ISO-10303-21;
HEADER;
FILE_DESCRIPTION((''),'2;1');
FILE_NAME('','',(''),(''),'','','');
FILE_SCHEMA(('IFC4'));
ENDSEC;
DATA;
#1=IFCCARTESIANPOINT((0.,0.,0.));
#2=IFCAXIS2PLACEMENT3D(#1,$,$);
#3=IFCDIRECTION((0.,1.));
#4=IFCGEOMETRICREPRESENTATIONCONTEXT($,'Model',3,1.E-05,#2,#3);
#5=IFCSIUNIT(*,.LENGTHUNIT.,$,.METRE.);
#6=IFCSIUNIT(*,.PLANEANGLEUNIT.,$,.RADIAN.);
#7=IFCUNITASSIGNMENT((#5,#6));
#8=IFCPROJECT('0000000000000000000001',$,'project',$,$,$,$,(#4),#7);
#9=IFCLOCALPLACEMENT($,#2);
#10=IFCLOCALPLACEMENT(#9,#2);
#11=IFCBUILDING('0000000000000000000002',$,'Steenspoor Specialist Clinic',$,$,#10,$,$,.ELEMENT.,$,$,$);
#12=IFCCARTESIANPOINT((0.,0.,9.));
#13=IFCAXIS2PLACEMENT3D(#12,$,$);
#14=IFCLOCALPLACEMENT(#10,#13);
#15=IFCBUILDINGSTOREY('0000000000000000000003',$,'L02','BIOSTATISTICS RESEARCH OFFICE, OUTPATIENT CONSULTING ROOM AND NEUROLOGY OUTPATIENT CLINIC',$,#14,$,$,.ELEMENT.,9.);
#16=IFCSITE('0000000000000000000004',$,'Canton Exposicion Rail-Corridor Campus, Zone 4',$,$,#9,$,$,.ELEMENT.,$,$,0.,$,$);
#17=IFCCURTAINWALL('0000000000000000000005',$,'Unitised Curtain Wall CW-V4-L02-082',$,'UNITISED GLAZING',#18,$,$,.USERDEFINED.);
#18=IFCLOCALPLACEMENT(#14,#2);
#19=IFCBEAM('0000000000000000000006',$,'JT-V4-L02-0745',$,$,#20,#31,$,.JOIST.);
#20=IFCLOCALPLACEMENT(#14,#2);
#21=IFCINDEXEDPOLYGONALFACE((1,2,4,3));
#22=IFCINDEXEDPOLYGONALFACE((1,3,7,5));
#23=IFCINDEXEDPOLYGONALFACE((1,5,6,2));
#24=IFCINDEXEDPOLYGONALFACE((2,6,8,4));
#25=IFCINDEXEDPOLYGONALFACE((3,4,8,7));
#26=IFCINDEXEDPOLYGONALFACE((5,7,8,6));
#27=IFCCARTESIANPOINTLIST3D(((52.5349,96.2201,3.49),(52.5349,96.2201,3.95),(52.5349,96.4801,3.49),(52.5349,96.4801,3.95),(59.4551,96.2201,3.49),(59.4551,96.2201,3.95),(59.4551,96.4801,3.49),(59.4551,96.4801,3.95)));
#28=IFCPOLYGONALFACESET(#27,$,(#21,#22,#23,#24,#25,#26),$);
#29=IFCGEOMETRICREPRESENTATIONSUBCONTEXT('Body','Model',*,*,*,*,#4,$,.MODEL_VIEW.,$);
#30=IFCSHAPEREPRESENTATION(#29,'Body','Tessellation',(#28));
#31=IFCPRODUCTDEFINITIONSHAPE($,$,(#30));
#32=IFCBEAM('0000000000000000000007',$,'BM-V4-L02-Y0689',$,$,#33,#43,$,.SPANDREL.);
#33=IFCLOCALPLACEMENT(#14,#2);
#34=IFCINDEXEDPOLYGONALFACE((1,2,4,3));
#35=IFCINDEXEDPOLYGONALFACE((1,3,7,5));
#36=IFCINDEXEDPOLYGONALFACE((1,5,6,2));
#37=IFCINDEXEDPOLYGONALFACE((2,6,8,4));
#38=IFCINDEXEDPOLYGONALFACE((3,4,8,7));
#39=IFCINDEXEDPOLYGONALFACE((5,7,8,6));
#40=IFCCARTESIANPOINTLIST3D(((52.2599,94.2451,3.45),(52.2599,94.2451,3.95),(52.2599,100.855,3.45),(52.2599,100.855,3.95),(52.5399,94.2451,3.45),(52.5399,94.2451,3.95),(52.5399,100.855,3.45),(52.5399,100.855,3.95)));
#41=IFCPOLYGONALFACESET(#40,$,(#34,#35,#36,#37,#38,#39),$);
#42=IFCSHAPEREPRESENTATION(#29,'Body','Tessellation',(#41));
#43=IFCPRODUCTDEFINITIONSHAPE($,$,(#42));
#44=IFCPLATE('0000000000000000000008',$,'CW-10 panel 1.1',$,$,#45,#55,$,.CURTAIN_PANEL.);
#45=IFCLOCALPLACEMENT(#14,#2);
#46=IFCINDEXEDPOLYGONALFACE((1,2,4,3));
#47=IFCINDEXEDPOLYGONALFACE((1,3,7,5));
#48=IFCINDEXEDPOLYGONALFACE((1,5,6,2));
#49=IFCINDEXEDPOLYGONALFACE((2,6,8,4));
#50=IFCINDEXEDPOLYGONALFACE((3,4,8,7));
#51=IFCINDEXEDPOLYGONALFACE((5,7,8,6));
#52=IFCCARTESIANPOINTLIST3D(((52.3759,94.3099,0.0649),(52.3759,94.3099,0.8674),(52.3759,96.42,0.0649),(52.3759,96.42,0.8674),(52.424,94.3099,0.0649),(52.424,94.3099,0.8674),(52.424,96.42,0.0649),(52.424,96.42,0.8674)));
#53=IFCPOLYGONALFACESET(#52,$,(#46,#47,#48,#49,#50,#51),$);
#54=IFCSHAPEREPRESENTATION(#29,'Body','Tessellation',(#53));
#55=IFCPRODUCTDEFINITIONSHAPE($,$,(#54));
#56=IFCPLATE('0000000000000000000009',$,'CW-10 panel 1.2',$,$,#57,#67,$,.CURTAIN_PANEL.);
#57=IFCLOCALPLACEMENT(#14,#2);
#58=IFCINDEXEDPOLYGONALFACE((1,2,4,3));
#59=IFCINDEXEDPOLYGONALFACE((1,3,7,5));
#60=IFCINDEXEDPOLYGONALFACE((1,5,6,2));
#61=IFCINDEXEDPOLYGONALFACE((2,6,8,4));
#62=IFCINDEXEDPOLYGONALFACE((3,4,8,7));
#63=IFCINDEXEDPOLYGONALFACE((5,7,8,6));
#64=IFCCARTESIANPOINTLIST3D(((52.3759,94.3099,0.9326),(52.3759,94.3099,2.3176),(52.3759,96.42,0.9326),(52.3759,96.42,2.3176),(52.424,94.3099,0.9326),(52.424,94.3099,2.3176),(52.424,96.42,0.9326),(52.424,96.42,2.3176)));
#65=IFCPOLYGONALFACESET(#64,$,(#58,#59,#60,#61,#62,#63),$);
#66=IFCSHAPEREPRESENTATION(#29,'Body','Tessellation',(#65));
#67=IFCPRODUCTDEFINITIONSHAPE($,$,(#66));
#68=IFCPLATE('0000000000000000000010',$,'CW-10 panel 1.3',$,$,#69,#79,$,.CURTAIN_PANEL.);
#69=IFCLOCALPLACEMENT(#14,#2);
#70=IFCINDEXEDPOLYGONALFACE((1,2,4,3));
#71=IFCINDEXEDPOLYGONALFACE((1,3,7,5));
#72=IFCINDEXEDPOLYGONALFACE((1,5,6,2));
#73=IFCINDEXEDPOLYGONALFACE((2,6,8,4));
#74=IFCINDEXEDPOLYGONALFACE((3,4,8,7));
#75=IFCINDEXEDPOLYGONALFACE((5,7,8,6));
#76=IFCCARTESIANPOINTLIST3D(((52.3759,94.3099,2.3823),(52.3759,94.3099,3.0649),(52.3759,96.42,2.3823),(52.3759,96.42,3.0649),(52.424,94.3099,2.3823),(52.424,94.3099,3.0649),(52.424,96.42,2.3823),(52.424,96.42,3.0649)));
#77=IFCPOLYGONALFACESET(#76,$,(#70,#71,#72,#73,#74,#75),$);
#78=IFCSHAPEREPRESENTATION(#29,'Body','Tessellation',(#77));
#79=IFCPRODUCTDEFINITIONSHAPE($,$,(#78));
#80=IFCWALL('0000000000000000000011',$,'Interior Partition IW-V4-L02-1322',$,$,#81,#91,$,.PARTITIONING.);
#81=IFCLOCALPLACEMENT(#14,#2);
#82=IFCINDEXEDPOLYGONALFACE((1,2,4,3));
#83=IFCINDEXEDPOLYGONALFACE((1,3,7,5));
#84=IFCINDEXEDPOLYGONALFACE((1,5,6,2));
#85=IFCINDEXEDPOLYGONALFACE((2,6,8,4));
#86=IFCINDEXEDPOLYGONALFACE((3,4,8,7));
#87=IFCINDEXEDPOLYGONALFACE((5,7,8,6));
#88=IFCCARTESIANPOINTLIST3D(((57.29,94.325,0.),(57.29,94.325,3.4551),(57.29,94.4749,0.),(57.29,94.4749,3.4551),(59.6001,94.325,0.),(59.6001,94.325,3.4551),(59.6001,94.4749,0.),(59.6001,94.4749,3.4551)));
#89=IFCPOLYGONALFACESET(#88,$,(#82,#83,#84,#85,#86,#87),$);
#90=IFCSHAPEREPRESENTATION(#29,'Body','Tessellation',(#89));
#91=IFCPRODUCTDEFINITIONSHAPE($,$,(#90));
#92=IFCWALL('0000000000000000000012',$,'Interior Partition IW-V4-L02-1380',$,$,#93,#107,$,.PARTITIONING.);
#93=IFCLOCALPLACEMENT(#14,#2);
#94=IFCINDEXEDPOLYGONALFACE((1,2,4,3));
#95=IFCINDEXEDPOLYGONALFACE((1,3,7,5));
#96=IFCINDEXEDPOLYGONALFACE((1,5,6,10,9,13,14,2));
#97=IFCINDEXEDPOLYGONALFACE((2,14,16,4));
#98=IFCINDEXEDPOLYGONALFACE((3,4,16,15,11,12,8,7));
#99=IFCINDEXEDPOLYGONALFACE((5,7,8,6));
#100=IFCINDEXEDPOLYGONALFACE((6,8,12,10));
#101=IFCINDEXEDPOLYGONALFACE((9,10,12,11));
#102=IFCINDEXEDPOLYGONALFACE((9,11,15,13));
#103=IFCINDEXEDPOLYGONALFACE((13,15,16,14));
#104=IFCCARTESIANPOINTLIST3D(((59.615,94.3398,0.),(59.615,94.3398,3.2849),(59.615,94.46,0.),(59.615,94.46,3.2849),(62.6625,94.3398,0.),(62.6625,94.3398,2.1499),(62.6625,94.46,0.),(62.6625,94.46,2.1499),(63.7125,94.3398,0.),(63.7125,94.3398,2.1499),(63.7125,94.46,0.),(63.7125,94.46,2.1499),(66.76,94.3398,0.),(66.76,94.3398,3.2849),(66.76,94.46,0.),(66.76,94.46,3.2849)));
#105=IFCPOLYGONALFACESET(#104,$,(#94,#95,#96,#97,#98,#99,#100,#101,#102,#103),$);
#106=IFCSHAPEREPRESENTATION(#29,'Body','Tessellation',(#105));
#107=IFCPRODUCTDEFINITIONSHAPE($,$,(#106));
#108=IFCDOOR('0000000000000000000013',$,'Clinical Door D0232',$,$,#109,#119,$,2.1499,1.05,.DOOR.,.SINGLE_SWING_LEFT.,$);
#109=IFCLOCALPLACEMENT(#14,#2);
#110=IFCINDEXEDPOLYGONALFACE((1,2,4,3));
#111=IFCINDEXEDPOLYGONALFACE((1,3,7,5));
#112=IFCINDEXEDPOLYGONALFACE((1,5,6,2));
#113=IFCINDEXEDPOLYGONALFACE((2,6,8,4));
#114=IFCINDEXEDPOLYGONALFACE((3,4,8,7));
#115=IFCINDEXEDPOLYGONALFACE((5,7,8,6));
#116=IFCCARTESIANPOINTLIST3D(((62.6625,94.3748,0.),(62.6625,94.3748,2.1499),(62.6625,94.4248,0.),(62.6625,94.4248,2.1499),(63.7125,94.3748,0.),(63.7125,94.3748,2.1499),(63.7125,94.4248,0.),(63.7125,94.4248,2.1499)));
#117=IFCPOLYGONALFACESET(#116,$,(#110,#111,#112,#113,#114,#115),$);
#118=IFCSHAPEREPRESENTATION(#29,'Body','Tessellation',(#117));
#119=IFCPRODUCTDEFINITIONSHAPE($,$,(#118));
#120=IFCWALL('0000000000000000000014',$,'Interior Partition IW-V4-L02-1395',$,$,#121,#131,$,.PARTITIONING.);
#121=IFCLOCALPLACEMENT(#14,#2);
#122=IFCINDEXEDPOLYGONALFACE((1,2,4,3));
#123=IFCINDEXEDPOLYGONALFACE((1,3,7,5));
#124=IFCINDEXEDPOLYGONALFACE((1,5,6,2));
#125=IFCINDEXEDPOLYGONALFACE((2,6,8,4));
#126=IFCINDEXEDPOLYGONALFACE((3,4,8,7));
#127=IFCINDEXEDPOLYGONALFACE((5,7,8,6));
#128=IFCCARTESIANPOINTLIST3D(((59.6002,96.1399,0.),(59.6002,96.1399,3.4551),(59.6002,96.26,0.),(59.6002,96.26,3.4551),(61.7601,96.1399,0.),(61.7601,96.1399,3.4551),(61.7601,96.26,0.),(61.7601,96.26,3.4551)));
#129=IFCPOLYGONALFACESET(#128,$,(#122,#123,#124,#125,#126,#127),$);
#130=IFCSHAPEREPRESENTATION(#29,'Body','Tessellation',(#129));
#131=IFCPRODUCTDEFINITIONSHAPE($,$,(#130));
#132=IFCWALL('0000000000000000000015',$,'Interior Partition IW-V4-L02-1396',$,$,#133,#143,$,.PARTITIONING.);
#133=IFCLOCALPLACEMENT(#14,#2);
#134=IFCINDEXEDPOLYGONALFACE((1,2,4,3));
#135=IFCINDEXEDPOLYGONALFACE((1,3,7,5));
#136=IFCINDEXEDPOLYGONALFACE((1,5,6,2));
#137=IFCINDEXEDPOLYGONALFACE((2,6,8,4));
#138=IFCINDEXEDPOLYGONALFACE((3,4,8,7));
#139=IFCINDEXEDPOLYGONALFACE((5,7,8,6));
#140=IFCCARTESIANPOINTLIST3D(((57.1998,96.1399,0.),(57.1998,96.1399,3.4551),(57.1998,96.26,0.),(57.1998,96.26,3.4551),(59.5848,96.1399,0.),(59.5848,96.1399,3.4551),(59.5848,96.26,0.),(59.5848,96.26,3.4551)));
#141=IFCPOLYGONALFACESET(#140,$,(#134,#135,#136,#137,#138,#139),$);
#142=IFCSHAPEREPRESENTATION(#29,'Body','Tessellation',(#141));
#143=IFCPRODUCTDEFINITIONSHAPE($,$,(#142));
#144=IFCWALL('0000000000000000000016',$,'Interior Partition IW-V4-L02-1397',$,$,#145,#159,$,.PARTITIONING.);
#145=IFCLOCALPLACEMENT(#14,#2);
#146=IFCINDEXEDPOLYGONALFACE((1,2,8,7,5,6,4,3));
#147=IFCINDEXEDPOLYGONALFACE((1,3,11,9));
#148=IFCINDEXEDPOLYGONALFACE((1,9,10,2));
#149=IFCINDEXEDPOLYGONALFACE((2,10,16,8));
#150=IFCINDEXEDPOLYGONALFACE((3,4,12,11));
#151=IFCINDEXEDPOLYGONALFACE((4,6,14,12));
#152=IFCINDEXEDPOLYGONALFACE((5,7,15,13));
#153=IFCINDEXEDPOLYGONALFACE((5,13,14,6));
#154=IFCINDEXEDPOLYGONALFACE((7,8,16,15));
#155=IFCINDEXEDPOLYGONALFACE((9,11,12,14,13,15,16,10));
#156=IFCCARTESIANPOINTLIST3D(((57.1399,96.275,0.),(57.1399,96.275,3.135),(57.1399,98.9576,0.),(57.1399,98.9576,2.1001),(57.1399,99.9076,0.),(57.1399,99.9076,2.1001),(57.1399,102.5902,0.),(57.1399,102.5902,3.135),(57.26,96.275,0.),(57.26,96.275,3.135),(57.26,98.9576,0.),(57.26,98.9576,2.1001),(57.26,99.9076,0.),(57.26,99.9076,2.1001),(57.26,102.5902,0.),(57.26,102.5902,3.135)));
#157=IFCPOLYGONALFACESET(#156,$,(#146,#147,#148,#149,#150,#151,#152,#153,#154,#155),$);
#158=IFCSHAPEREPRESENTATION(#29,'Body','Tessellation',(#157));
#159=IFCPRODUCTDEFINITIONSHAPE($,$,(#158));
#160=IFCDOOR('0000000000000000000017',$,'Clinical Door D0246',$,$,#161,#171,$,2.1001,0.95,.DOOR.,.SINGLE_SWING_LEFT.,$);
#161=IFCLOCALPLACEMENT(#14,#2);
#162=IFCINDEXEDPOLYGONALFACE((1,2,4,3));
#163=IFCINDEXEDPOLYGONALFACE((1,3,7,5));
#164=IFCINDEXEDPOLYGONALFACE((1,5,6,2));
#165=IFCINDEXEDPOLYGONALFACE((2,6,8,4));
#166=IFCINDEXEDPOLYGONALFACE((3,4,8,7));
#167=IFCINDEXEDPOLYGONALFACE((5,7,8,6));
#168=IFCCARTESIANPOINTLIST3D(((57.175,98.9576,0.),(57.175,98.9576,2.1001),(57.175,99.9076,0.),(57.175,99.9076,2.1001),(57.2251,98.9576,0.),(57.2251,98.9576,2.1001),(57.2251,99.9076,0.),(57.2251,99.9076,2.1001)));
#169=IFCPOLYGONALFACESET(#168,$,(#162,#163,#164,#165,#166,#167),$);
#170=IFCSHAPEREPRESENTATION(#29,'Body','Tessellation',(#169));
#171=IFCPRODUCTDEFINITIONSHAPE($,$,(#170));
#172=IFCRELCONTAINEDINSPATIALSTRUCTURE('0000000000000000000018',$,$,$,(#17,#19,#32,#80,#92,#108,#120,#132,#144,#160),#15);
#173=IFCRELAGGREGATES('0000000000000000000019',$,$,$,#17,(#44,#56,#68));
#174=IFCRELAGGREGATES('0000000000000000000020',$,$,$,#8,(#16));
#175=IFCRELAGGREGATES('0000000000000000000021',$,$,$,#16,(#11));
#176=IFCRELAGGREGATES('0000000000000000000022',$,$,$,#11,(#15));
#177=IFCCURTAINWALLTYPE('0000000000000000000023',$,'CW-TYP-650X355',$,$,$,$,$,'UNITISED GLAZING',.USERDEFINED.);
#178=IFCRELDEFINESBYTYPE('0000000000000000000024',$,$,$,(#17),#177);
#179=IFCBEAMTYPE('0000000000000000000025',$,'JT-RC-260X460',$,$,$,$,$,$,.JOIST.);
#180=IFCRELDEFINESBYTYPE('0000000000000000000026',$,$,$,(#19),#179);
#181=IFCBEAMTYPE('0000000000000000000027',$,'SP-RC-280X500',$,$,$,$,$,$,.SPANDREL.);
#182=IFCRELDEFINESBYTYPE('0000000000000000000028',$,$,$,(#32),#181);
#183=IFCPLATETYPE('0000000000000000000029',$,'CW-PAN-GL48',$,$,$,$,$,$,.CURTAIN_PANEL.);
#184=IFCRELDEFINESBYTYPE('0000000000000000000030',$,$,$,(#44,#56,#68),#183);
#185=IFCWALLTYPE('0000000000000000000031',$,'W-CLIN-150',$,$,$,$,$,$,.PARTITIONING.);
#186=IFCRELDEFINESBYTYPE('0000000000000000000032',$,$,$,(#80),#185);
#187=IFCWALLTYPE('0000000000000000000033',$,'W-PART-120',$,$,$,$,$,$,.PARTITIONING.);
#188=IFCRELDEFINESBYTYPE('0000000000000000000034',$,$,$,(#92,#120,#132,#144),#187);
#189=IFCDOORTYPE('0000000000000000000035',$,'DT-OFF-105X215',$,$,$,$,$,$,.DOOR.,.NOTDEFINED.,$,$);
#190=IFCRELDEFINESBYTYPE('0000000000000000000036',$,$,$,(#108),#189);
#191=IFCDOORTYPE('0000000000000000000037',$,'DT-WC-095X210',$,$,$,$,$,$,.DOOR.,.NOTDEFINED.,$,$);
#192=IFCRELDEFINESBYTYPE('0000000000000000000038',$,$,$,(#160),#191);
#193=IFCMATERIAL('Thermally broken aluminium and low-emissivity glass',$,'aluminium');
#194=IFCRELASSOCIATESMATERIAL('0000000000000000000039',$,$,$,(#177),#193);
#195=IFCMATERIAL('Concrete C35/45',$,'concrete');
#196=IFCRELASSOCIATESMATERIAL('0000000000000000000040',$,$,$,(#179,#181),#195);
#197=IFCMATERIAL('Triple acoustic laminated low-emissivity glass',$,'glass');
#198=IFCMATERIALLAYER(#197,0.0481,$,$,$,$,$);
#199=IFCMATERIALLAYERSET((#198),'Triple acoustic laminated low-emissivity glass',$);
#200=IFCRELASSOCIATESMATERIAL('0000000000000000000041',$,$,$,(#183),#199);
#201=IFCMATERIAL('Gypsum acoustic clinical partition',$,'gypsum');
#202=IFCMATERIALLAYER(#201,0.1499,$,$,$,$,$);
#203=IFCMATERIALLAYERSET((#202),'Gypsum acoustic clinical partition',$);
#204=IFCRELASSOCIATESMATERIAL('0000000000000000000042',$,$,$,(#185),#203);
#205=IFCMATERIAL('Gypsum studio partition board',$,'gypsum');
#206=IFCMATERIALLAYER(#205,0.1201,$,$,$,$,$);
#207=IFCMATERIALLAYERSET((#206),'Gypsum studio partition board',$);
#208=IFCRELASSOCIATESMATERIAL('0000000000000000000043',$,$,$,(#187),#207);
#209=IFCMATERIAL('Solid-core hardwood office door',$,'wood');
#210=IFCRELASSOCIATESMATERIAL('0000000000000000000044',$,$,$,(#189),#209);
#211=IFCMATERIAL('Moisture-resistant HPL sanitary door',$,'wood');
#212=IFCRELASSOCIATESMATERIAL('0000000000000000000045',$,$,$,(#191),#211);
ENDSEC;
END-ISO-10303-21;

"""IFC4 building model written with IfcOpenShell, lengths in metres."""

from ifc_helpers import new_model, si_unit, direction, frame, frame_2d, origin, origin_2d, place, context, subcontext, project, spatial, rectangle, extrude, material, layer, layer_set, material_profile, profile_set, type_object, element, fill, aggregate, save


model = new_model("IFC4")

# Units and contexts
model_context = context("Model", 3, precision=1e-05, world=origin(), true_north=direction((0.0, 1.0)))
body_context = subcontext(model_context, "Body", "Model", "MODEL_VIEW")
ifc_project = project(units=[si_unit("LENGTHUNIT", "METRE"), si_unit("PLANEANGLEUNIT", "RADIAN")], contexts=[model_context])

# Site, building, storey
site_placement = place(None, origin())
site = spatial("IfcSite", under=ifc_project, at=site_placement, Name="Canton Exposicion Rail-Corridor Campus, Zone 4", CompositionType="ELEMENT", RefElevation=0.0)
building_placement = place(site_placement, origin())
building = spatial("IfcBuilding", under=site, at=building_placement, Name="Steenspoor Specialist Clinic", CompositionType="ELEMENT")
storey_placement = place(building_placement, frame((0.0, 0.0, 9.0)))
storey = spatial("IfcBuildingStorey", under=building, at=storey_placement, Name="L02", Description="BIOSTATISTICS RESEARCH OFFICE, OUTPATIENT CONSULTING ROOM AND NEUROLOGY OUTPATIENT CLINIC", CompositionType="ELEMENT", Elevation=9.0)

# Shared definitions
ifc_material_1 = material(Name="Concrete C35/45", Category="concrete")

# Curtain wall
ifc_material_2 = material(Name="Thermally broken aluminium and low-emissivity glass", Category="aluminium")
curtain_wall_type = type_object("IfcCurtainWallType", Name="CW-TYP-650X355", ElementType="UNITISED GLAZING", PredefinedType="USERDEFINED", material=ifc_material_2)
curtain_wall_placement = place(storey_placement, origin())
curtain_wall = element("IfcCurtainWall", 1, at=curtain_wall_placement, inside=storey, type_object=curtain_wall_type, Name="Unitised Curtain Wall CW-V4-L02-082", ObjectType="UNITISED GLAZING", PredefinedType="USERDEFINED")

# Beams
ifc_material_profile_1 = material_profile(ifc_material_1, rectangle(XDim=0.26, YDim=0.46, at=origin_2d()), Name="RC-JT-260X460")
ifc_profile_set_1 = profile_set([ifc_material_profile_1], Name="Concrete C35/45")
beam_type_1 = type_object("IfcBeamType", Name="JT-RC-260X460", PredefinedType="JOIST", material=ifc_profile_set_1)
beam_1_placement = place(storey_placement, frame((52.5349, 96.3501, 3.72), z_axis=(1.0, 0.0, 0.0), x_axis=(0.0, 1.0, 0.0)))
element("IfcBeam", 2, at=beam_1_placement, inside=storey, type_object=beam_type_1, Name="JT-V4-L02-0745", PredefinedType="JOIST", context=body_context, shape_type="SweptSolid", body=[
    extrude(rectangle(XDim=0.26, YDim=0.46, at=origin_2d()), origin(), (0.0, 0.0, 1.0), 6.9202),
])
ifc_material_profile_2 = material_profile(ifc_material_1, rectangle(XDim=0.28, YDim=0.5, at=origin_2d()), Name="RC-SP-280X500")
ifc_profile_set_2 = profile_set([ifc_material_profile_2], Name="Concrete C35/45")
beam_type_2 = type_object("IfcBeamType", Name="SP-RC-280X500", PredefinedType="SPANDREL", material=ifc_profile_set_2)
beam_2_placement = place(storey_placement, frame((52.3999, 94.2451, 3.7), z_axis=(0.0, 1.0, 0.0), x_axis=(-1.0, 0.0, 0.0)))
element("IfcBeam", 3, at=beam_2_placement, inside=storey, type_object=beam_type_2, Name="BM-V4-L02-Y0689", PredefinedType="SPANDREL", context=body_context, shape_type="SweptSolid", body=[
    extrude(rectangle(XDim=0.28, YDim=0.5, at=origin_2d()), origin(), (0.0, 0.0, 1.0), 6.6099),
])

# Plates
ifc_material_3 = material(Name="Triple acoustic laminated low-emissivity glass", Category="glass")
ifc_layer_1 = layer(ifc_material_3, 0.0481)
ifc_layer_set_1 = layer_set([ifc_layer_1], Name="Triple acoustic laminated low-emissivity glass")
plate_type = type_object("IfcPlateType", Name="CW-PAN-GL48", PredefinedType="CURTAIN_PANEL", material=ifc_layer_set_1)
plate_1_placement = place(storey_placement, frame((52.3999, 95.365, 0.0649), z_axis=(0.0, 0.0, 1.0), x_axis=(0.0, 1.0, 0.0)))
plate_1 = element("IfcPlate", 4, at=plate_1_placement, type_object=plate_type, Name="CW-10 panel 1.1", PredefinedType="CURTAIN_PANEL", context=body_context, shape_type="SweptSolid", body=[
    extrude(rectangle(XDim=2.1101, YDim=0.0481, at=origin_2d()), origin(), (0.0, 0.0, 1.0), 0.8025),
])
plate_2_placement = place(storey_placement, frame((52.3999, 95.365, 0.9326), z_axis=(0.0, 0.0, 1.0), x_axis=(0.0, 1.0, 0.0)))
plate_2 = element("IfcPlate", 5, at=plate_2_placement, type_object=plate_type, Name="CW-10 panel 1.2", PredefinedType="CURTAIN_PANEL", context=body_context, shape_type="SweptSolid", body=[
    extrude(rectangle(XDim=2.1101, YDim=0.0481, at=origin_2d()), origin(), (0.0, 0.0, 1.0), 1.385),
])
plate_3_placement = place(storey_placement, frame((52.3999, 95.365, 2.3823), z_axis=(0.0, 0.0, 1.0), x_axis=(0.0, 1.0, 0.0)))
plate_3 = element("IfcPlate", 6, at=plate_3_placement, type_object=plate_type, Name="CW-10 panel 1.3", PredefinedType="CURTAIN_PANEL", context=body_context, shape_type="SweptSolid", body=[
    extrude(rectangle(XDim=2.1101, YDim=0.0481, at=origin_2d()), origin(), (0.0, 0.0, 1.0), 0.6826),
])
aggregate(curtain_wall, [plate_1, plate_2, plate_3])

# Wall
ifc_material_4 = material(Name="Gypsum acoustic clinical partition", Category="gypsum")
ifc_layer_2 = layer(ifc_material_4, 0.1499)
ifc_layer_set_2 = layer_set([ifc_layer_2], Name="Gypsum acoustic clinical partition")
wall_type_1 = type_object("IfcWallType", Name="W-CLIN-150", PredefinedType="PARTITIONING", material=ifc_layer_set_2)
wall_1_placement = place(storey_placement, frame((57.29, 94.3999, 0.0), z_axis=(0.0, 0.0, 1.0), x_axis=(1.0, 0.0, 0.0)))
element("IfcWall", 7, at=wall_1_placement, inside=storey, type_object=wall_type_1, Name="Interior Partition IW-V4-L02-1322", PredefinedType="PARTITIONING", context=body_context, shape_type="SweptSolid", body=[
    extrude(rectangle(XDim=2.3101, YDim=0.1499, at=frame_2d((1.155, 0.0))), origin(), (0.0, 0.0, 1.0), 3.4551),
])

# Wall, opening, door
ifc_material_5 = material(Name="Gypsum studio partition board", Category="gypsum")
ifc_layer_3 = layer(ifc_material_5, 0.1201)
ifc_layer_set_3 = layer_set([ifc_layer_3], Name="Gypsum studio partition board")
wall_type_2 = type_object("IfcWallType", Name="W-PART-120", PredefinedType="PARTITIONING", material=ifc_layer_set_3)
wall_2_placement = place(storey_placement, frame((59.615, 94.3999, 0.0), z_axis=(0.0, 0.0, 1.0), x_axis=(1.0, 0.0, 0.0)))
wall_2 = element("IfcWall", 8, at=wall_2_placement, inside=storey, type_object=wall_type_2, Name="Interior Partition IW-V4-L02-1380", PredefinedType="PARTITIONING", context=body_context, shape_type="SweptSolid", body=[
    extrude(rectangle(XDim=7.145, YDim=0.1201, at=frame_2d((3.5725, 0.0))), origin(), (0.0, 0.0, 1.0), 3.2849),
])
opening_1_placement = place(wall_2_placement, frame((3.0476, 0.0, 0.0)))
opening_1 = element("IfcOpeningElement", 9, at=opening_1_placement, cuts=wall_2, PredefinedType="OPENING", context=body_context, shape_type="SweptSolid", body=[
    extrude(rectangle(XDim=1.05, YDim=2.1499, at=frame_2d((0.5249, 1.075))), frame((0.0, 0.0701, 0.0), z_axis=(0.0, -1.0, 0.0), x_axis=(1.0, 0.0, 0.0)), (0.0, 0.0, 1.0), 0.1401),
])
ifc_material_6 = material(Name="Solid-core hardwood office door", Category="wood")
door_type_1 = type_object("IfcDoorType", Name="DT-OFF-105X215", OperationType="NOTDEFINED", PredefinedType="DOOR", material=ifc_material_6)
door_1_placement = place(opening_1_placement, origin())
door_1 = element("IfcDoor", 10, at=door_1_placement, inside=storey, type_object=door_type_1, Name="Clinical Door D0232", OperationType="SINGLE_SWING_LEFT", OverallHeight=2.1499, OverallWidth=1.05, PredefinedType="DOOR", context=body_context, shape_type="SweptSolid", body=[
    extrude(rectangle(XDim=1.05, YDim=2.1499, at=frame_2d((0.5249, 1.075))), frame((0.0, 0.0249, 0.0), z_axis=(0.0, -1.0, 0.0), x_axis=(1.0, 0.0, 0.0)), (0.0, 0.0, 1.0), 0.05),
])
fill(opening_1, door_1)

# Walls
wall_3_placement = place(storey_placement, frame((59.6001, 96.2, 0.0), z_axis=(0.0, 0.0, 1.0), x_axis=(1.0, 0.0, 0.0)))
element("IfcWall", 11, at=wall_3_placement, inside=storey, type_object=wall_type_2, Name="Interior Partition IW-V4-L02-1395", PredefinedType="PARTITIONING", context=body_context, shape_type="SweptSolid", body=[
    extrude(rectangle(XDim=2.1599, YDim=0.1201, at=frame_2d((1.0801, 0.0))), origin(), (0.0, 0.0, 1.0), 3.4551),
])
wall_4_placement = place(storey_placement, frame((57.2, 96.2, 0.0), z_axis=(0.0, 0.0, 1.0), x_axis=(1.0, 0.0, 0.0)))
element("IfcWall", 12, at=wall_4_placement, inside=storey, type_object=wall_type_2, Name="Interior Partition IW-V4-L02-1396", PredefinedType="PARTITIONING", context=body_context, shape_type="SweptSolid", body=[
    extrude(rectangle(XDim=2.385, YDim=0.1201, at=frame_2d((1.1924, 0.0))), origin(), (0.0, 0.0, 1.0), 3.4551),
])

# Wall, opening, door
wall_5_placement = place(storey_placement, frame((57.2, 96.2749, 0.0), z_axis=(0.0, 0.0, 1.0), x_axis=(0.0, 1.0, 0.0)))
wall_5 = element("IfcWall", 13, at=wall_5_placement, inside=storey, type_object=wall_type_2, Name="Interior Partition IW-V4-L02-1397", PredefinedType="PARTITIONING", context=body_context, shape_type="SweptSolid", body=[
    extrude(rectangle(XDim=6.3152, YDim=0.1201, at=frame_2d((3.1577, 0.0))), origin(), (0.0, 0.0, 1.0), 3.135),
])
opening_2_placement = place(wall_5_placement, frame((2.6826, 0.0, 0.0)))
opening_2 = element("IfcOpeningElement", 14, at=opening_2_placement, cuts=wall_5, PredefinedType="OPENING", context=body_context, shape_type="SweptSolid", body=[
    extrude(rectangle(XDim=0.95, YDim=2.1001, at=frame_2d((0.4751, 1.05))), frame((0.0, 0.0701, 0.0), z_axis=(0.0, -1.0, 0.0), x_axis=(1.0, 0.0, 0.0)), (0.0, 0.0, 1.0), 0.1401),
])
ifc_material_7 = material(Name="Moisture-resistant HPL sanitary door", Category="wood")
door_type_2 = type_object("IfcDoorType", Name="DT-WC-095X210", OperationType="NOTDEFINED", PredefinedType="DOOR", material=ifc_material_7)
door_2_placement = place(opening_2_placement, origin())
door_2 = element("IfcDoor", 15, at=door_2_placement, inside=storey, type_object=door_type_2, Name="Clinical Door D0246", OperationType="SINGLE_SWING_LEFT", OverallHeight=2.1001, OverallWidth=0.95, PredefinedType="DOOR", context=body_context, shape_type="SweptSolid", body=[
    extrude(rectangle(XDim=0.95, YDim=2.1001, at=frame_2d((0.4751, 1.05))), frame((0.0, 0.0249, 0.0), z_axis=(0.0, -1.0, 0.0), x_axis=(1.0, 0.0, 0.0)), (0.0, 0.0, 1.0), 0.05),
])
fill(opening_2, door_2)

save(model, "model.ifc")
